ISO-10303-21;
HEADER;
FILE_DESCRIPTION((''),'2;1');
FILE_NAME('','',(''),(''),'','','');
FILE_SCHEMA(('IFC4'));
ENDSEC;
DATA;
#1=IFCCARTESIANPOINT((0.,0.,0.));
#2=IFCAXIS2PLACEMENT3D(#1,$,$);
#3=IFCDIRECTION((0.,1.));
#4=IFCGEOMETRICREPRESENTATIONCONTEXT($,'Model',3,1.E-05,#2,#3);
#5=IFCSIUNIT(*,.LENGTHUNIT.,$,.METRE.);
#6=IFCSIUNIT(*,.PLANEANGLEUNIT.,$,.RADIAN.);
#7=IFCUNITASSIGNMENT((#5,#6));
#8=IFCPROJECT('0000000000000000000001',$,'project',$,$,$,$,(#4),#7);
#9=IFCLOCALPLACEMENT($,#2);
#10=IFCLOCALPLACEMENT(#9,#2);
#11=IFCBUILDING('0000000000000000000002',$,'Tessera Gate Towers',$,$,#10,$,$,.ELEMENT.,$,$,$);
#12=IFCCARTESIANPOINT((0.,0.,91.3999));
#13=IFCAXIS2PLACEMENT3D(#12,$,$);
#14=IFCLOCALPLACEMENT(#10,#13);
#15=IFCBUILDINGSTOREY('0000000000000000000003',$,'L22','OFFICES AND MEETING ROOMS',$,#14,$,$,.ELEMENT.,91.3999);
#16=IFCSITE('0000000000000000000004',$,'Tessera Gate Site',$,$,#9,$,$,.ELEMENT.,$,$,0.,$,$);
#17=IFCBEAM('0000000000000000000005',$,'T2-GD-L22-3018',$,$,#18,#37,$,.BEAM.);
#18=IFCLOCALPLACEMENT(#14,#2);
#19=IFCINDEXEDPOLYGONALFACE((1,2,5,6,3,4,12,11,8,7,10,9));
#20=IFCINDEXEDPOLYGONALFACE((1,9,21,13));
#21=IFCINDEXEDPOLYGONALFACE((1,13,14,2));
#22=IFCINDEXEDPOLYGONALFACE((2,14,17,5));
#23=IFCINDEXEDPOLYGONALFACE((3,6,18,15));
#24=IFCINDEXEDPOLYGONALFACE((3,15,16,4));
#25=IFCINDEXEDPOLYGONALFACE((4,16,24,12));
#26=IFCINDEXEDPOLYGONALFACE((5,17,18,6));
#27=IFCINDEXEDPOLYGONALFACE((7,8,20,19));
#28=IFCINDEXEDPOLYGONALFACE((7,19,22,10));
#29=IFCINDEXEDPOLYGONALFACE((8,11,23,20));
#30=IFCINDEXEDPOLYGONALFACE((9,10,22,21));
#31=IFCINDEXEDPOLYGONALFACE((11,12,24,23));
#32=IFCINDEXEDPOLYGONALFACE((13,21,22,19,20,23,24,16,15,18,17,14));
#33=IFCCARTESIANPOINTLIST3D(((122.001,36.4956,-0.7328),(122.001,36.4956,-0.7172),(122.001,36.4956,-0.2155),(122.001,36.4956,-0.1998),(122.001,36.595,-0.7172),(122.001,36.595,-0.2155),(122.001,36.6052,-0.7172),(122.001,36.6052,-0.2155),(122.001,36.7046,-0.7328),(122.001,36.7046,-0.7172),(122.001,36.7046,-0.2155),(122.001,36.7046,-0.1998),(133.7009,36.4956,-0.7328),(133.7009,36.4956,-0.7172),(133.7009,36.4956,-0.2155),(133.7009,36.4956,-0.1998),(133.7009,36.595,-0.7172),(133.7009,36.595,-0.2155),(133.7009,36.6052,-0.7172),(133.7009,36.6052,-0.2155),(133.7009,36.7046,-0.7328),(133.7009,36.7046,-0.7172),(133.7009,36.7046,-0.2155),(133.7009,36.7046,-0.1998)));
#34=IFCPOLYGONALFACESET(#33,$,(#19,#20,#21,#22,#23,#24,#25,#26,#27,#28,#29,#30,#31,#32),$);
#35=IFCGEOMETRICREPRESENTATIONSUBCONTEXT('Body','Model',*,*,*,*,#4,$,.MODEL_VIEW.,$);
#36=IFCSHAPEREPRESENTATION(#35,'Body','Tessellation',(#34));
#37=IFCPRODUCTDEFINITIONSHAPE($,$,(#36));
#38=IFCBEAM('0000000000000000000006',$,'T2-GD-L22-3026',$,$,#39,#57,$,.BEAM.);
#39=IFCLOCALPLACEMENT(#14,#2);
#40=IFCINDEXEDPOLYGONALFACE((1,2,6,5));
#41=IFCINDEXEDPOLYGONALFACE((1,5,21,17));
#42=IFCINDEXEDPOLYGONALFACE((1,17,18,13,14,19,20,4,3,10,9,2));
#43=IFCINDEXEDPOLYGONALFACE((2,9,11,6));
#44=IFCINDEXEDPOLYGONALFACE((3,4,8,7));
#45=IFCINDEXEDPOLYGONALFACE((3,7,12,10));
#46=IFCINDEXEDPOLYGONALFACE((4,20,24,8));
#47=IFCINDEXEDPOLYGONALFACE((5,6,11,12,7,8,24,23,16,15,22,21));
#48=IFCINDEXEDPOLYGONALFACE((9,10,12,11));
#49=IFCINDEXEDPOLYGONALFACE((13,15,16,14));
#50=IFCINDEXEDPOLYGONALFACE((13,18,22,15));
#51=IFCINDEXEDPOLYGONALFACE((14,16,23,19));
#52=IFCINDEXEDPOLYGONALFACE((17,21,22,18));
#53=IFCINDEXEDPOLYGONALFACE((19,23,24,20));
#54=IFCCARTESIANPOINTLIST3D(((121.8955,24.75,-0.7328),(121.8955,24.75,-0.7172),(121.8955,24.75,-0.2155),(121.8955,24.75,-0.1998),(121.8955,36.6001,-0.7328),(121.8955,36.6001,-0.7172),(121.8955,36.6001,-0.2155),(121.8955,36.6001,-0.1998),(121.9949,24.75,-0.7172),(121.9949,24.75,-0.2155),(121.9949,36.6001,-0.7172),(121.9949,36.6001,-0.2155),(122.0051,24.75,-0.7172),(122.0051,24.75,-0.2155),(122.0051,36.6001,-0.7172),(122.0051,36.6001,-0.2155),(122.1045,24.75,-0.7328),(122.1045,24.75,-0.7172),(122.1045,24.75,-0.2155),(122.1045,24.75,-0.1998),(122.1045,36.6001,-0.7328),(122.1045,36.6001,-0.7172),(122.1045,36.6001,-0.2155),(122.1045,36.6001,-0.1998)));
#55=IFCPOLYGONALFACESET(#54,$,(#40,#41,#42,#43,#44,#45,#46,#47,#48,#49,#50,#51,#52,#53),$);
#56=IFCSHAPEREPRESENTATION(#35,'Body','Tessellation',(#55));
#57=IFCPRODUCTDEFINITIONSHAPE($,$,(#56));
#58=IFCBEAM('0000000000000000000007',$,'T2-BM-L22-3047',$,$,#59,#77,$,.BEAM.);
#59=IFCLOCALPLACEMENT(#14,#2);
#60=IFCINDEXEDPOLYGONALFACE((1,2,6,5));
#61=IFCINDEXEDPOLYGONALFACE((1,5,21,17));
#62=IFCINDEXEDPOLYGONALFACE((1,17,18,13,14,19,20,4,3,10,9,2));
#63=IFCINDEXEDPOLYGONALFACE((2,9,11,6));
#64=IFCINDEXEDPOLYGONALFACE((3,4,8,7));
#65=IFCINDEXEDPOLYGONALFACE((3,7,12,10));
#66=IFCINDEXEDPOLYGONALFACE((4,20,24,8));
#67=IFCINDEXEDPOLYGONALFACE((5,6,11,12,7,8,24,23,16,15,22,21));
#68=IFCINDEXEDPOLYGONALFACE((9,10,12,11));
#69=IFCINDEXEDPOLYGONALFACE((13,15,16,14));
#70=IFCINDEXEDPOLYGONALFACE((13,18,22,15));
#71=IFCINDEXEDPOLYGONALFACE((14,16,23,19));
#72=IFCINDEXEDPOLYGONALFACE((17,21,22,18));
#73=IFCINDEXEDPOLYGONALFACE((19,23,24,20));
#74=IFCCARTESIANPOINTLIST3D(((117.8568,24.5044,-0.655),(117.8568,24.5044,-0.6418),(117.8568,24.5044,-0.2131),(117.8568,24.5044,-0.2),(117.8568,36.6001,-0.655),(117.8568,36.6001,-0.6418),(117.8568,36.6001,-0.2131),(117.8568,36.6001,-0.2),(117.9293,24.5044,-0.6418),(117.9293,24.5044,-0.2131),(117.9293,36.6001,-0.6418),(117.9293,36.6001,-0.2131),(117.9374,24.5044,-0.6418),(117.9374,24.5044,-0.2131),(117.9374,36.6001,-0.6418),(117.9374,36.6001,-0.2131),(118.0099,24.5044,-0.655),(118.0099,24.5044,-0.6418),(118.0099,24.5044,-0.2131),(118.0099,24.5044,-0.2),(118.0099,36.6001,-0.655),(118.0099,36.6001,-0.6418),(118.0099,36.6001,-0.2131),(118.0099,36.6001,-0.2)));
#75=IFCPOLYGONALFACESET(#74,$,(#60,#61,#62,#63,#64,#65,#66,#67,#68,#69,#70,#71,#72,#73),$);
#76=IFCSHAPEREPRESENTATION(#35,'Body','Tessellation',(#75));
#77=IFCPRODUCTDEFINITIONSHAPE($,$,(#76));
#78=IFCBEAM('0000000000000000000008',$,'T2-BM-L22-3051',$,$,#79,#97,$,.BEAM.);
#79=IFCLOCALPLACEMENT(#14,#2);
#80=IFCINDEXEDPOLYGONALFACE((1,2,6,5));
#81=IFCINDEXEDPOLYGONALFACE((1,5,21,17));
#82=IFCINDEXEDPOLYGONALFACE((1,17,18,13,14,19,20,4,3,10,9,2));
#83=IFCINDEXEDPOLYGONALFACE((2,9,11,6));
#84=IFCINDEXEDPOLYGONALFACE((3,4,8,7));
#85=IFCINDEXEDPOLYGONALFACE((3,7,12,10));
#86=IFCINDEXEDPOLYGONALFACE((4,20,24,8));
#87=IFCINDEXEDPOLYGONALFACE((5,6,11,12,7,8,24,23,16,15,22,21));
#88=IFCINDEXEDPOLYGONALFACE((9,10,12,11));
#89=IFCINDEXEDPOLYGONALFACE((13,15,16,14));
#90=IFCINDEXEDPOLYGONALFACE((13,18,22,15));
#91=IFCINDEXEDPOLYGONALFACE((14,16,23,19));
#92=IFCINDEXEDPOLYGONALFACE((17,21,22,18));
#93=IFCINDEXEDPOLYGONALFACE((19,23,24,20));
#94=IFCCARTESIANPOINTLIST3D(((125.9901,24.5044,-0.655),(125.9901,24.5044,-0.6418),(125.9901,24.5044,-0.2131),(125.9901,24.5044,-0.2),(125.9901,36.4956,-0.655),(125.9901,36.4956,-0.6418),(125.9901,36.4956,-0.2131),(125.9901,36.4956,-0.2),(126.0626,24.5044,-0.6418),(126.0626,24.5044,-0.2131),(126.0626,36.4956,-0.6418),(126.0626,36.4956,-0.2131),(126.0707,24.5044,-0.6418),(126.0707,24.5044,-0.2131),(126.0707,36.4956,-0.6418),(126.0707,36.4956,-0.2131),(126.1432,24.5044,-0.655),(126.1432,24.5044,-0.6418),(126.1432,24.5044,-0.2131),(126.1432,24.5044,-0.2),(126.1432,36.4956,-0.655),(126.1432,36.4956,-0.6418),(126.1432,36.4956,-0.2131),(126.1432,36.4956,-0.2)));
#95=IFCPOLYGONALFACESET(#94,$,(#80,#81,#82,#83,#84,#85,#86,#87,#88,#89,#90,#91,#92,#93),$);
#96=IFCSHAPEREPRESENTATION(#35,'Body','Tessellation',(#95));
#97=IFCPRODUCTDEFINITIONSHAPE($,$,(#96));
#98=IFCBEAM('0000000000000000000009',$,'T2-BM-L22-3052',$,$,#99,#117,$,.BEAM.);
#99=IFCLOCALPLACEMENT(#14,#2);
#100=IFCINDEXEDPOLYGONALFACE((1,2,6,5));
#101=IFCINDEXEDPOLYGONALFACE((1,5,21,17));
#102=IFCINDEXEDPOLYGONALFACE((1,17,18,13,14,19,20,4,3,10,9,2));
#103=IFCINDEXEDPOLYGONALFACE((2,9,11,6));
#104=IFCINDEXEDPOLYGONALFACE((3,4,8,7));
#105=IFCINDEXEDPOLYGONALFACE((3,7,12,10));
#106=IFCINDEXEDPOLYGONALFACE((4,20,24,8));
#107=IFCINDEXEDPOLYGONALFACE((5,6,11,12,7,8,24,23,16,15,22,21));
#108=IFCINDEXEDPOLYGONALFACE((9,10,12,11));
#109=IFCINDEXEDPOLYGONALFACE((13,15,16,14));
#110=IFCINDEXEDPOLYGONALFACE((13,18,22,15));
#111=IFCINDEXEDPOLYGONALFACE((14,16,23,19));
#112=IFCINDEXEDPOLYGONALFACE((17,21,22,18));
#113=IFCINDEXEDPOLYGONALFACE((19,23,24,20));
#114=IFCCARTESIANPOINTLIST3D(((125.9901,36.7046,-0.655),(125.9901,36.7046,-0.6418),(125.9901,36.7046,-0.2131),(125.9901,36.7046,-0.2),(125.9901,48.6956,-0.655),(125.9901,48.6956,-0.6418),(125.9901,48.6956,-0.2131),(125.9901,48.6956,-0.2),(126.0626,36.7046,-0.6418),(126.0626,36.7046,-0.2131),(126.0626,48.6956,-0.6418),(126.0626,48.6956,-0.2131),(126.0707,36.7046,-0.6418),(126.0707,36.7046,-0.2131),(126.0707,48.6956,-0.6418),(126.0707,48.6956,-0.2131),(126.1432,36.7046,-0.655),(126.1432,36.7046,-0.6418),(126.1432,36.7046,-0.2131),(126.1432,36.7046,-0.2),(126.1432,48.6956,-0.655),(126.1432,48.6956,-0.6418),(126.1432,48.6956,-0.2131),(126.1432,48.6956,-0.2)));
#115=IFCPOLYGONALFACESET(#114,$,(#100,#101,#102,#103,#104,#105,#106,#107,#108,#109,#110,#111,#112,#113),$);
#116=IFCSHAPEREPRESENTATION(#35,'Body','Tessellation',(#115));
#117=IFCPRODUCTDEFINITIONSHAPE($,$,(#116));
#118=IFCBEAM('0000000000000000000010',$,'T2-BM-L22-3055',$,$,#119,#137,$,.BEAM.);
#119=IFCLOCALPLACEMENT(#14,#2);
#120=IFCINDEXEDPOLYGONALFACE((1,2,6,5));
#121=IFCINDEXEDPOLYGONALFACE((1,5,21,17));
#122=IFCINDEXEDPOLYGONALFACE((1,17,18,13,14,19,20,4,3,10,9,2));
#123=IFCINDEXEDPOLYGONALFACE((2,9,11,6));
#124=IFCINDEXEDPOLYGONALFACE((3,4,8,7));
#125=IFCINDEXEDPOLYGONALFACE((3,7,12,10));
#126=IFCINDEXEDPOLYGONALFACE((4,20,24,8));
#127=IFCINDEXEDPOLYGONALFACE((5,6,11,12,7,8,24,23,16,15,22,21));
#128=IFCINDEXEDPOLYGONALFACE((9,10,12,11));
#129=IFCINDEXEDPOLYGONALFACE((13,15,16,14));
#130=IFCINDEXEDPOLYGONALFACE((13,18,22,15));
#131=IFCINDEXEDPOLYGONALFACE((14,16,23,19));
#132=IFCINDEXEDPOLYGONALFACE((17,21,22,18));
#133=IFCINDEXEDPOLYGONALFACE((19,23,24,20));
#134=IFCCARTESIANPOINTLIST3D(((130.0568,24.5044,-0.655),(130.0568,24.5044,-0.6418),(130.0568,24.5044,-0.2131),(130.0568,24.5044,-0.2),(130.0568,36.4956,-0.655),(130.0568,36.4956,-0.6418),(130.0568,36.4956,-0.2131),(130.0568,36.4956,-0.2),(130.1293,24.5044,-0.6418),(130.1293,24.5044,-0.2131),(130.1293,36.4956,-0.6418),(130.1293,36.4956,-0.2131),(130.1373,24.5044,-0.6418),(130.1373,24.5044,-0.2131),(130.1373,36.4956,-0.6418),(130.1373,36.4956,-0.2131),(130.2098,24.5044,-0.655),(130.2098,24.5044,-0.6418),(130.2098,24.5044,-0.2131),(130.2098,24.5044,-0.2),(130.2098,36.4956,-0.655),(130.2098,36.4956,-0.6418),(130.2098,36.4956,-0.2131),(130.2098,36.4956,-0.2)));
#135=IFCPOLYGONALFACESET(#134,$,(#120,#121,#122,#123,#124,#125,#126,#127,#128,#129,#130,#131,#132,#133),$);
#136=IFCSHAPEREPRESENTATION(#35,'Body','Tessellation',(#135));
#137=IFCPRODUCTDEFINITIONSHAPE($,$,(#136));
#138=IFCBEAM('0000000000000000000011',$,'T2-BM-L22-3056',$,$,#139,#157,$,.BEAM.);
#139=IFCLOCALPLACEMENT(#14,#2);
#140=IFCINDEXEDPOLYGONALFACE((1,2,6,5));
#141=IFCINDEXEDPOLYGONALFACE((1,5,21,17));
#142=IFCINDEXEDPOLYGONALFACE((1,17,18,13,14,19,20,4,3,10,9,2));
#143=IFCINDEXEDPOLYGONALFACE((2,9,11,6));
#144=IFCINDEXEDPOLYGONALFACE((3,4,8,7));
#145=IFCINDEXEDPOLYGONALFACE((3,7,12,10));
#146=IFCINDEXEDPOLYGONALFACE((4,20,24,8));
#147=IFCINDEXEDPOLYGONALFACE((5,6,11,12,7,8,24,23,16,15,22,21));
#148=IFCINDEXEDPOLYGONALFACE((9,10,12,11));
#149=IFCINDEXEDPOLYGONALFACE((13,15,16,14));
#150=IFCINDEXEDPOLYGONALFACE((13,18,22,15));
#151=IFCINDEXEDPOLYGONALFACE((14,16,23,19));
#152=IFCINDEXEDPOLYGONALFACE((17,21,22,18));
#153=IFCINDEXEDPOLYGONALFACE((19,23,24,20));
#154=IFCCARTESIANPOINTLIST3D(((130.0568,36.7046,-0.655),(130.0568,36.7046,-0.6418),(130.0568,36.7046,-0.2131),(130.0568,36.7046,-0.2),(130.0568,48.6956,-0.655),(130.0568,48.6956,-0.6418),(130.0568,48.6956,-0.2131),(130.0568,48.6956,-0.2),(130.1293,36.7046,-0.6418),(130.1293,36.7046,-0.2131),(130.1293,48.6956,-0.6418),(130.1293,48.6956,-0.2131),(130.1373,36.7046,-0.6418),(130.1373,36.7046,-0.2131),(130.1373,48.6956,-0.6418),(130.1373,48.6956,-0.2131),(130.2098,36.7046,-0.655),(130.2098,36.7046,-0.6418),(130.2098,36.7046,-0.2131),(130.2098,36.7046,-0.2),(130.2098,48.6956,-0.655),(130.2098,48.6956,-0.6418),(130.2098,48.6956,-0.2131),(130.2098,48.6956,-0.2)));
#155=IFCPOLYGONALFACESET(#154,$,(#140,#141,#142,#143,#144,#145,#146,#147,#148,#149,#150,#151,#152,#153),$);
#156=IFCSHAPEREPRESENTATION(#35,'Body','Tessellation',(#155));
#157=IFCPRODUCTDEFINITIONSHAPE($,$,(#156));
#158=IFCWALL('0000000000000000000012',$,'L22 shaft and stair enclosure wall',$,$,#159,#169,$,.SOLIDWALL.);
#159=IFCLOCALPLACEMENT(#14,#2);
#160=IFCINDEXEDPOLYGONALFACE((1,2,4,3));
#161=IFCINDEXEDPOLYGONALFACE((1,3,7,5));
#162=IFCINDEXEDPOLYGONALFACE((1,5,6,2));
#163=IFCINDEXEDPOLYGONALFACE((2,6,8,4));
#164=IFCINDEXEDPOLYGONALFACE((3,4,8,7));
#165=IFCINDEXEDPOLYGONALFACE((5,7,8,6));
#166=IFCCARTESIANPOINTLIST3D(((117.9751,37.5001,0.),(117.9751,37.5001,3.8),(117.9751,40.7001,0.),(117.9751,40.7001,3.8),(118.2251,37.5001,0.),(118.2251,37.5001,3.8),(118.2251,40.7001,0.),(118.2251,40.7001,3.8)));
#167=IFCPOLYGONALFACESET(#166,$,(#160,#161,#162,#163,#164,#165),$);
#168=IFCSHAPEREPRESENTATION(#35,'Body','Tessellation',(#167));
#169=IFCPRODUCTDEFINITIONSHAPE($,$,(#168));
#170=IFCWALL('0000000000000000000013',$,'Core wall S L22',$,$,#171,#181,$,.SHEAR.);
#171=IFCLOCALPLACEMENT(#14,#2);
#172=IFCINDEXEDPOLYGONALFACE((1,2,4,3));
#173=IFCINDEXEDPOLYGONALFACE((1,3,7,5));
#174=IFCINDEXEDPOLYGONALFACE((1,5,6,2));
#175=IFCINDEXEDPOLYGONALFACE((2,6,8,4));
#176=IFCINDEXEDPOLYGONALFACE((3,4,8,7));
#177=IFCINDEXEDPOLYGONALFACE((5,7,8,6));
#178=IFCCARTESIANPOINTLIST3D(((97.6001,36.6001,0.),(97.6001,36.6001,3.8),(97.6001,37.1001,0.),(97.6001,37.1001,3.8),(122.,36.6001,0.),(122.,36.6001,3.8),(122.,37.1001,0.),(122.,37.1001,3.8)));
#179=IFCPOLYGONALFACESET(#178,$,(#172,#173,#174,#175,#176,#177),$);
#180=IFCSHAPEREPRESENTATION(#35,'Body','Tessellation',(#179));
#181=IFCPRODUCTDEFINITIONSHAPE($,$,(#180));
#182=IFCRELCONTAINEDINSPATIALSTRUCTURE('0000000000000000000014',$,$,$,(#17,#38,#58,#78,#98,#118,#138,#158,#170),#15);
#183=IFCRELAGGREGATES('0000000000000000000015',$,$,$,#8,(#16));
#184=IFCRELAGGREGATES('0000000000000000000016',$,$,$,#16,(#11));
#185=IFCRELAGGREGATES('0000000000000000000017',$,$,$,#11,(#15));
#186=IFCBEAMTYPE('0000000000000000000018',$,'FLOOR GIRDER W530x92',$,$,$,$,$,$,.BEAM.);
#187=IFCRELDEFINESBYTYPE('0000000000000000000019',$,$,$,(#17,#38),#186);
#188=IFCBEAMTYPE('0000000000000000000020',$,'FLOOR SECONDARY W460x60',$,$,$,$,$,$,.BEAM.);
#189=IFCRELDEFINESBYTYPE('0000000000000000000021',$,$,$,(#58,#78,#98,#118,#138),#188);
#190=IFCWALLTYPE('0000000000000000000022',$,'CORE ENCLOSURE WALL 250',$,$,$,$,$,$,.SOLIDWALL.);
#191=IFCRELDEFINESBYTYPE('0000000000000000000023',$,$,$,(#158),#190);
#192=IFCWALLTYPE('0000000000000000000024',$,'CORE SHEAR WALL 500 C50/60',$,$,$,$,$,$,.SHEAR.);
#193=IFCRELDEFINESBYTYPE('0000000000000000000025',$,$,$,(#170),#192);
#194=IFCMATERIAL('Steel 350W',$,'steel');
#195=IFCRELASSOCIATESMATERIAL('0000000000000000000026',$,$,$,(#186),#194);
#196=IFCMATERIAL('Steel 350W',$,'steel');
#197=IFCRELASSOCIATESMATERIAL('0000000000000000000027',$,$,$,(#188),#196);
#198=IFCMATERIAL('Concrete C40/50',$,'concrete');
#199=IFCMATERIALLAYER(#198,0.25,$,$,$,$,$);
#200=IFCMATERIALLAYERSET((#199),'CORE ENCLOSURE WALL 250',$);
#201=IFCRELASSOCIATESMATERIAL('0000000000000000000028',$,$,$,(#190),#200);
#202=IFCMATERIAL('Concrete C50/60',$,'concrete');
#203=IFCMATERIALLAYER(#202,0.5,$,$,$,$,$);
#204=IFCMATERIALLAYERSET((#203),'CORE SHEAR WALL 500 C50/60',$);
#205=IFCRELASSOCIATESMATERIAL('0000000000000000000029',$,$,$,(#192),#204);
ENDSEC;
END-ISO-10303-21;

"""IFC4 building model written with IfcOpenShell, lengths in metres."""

from ifc_helpers import new_model, si_unit, direction, frame, frame_2d, origin, origin_2d, place, context, subcontext, project, spatial, rectangle, i_section, extrude, material, layer, layer_set, material_profile, profile_set, type_object, element, save


model = new_model("IFC4")

# Units and contexts
model_context = context("Model", 3, precision=1e-05, world=origin(), true_north=direction((0.0, 1.0)))
body_context = subcontext(model_context, "Body", "Model", "MODEL_VIEW")
ifc_project = project(units=[si_unit("LENGTHUNIT", "METRE"), si_unit("PLANEANGLEUNIT", "RADIAN")], contexts=[model_context])

# Site, building, storey
site_placement = place(None, origin())
site = spatial("IfcSite", under=ifc_project, at=site_placement, Name="Tessera Gate Site", CompositionType="ELEMENT", RefElevation=0.0)
building_placement = place(site_placement, origin())
building = spatial("IfcBuilding", under=site, at=building_placement, Name="Tessera Gate Towers", CompositionType="ELEMENT")
storey_placement = place(building_placement, frame((0.0, 0.0, 91.3999)))
storey = spatial("IfcBuildingStorey", under=building, at=storey_placement, Name="L22", Description="OFFICES AND MEETING ROOMS", CompositionType="ELEMENT", Elevation=91.3999)

# Beams
ifc_material_1 = material(Name="Steel 350W", Category="steel")
ifc_material_profile_1 = material_profile(ifc_material_1, i_section(OverallWidth=0.209, OverallDepth=0.533, WebThickness=0.0103, FlangeThickness=0.0156, at=origin_2d()), Name="W530x92")
ifc_profile_set_1 = profile_set([ifc_material_profile_1], Name="Steel 350W")
beam_type_1 = type_object("IfcBeamType", Name="FLOOR GIRDER W530x92", PredefinedType="BEAM", material=ifc_profile_set_1)
beam_1_placement = place(storey_placement, frame((122.001, 36.6001, -0.4663), z_axis=(1.0, 0.0, 0.0), x_axis=(0.0, 1.0, 0.0)))
element("IfcBeam", 1, at=beam_1_placement, inside=storey, type_object=beam_type_1, Name="T2-GD-L22-3018", PredefinedType="BEAM", context=body_context, shape_type="SweptSolid", body=[
    extrude(i_section(OverallWidth=0.209, OverallDepth=0.533, WebThickness=0.0103, FlangeThickness=0.0156, at=origin_2d()), origin(), (0.0, 0.0, 1.0), 11.7),
])
beam_2_placement = place(storey_placement, frame((122.0, 24.75, -0.4663), z_axis=(0.0, 1.0, 0.0), x_axis=(-1.0, 0.0, 0.0)))
element("IfcBeam", 2, at=beam_2_placement, inside=storey, type_object=beam_type_1, Name="T2-GD-L22-3026", PredefinedType="BEAM", context=body_context, shape_type="SweptSolid", body=[
    extrude(i_section(OverallWidth=0.209, OverallDepth=0.533, WebThickness=0.0103, FlangeThickness=0.0156, at=origin_2d()), origin(), (0.0, 0.0, 1.0), 11.8501),
])
ifc_material_2 = material(Name="Steel 350W", Category="steel")
ifc_material_profile_2 = material_profile(ifc_material_2, i_section(OverallWidth=0.1531, OverallDepth=0.4551, WebThickness=0.0081, FlangeThickness=0.0132, at=origin_2d()), Name="W460x60")
ifc_profile_set_2 = profile_set([ifc_material_profile_2], Name="Steel 350W")
beam_type_2 = type_object("IfcBeamType", Name="FLOOR SECONDARY W460x60", PredefinedType="BEAM", material=ifc_profile_set_2)
beam_3_placement = place(storey_placement, frame((117.9333, 24.5044, -0.4275), z_axis=(0.0, 1.0, 0.0), x_axis=(-1.0, 0.0, 0.0)))
element("IfcBeam", 3, at=beam_3_placement, inside=storey, type_object=beam_type_2, Name="T2-BM-L22-3047", PredefinedType="BEAM", context=body_context, shape_type="SweptSolid", body=[
    extrude(i_section(OverallWidth=0.1531, OverallDepth=0.4551, WebThickness=0.0081, FlangeThickness=0.0132, at=origin_2d()), origin(), (0.0, 0.0, 1.0), 12.0957),
])
beam_4_placement = place(storey_placement, frame((126.0667, 24.5044, -0.4275), z_axis=(0.0, 1.0, 0.0), x_axis=(-1.0, 0.0, 0.0)))
element("IfcBeam", 4, at=beam_4_placement, inside=storey, type_object=beam_type_2, Name="T2-BM-L22-3051", PredefinedType="BEAM", context=body_context, shape_type="SweptSolid", body=[
    extrude(i_section(OverallWidth=0.1531, OverallDepth=0.4551, WebThickness=0.0081, FlangeThickness=0.0132, at=origin_2d()), origin(), (0.0, 0.0, 1.0), 11.9912),
])
beam_5_placement = place(storey_placement, frame((126.0667, 36.7046, -0.4275), z_axis=(0.0, 1.0, 0.0), x_axis=(-1.0, 0.0, 0.0)))
element("IfcBeam", 5, at=beam_5_placement, inside=storey, type_object=beam_type_2, Name="T2-BM-L22-3052", PredefinedType="BEAM", context=body_context, shape_type="SweptSolid", body=[
    extrude(i_section(OverallWidth=0.1531, OverallDepth=0.4551, WebThickness=0.0081, FlangeThickness=0.0132, at=origin_2d()), origin(), (0.0, 0.0, 1.0), 11.991),
])
beam_6_placement = place(storey_placement, frame((130.1333, 24.5044, -0.4275), z_axis=(0.0, 1.0, 0.0), x_axis=(-1.0, 0.0, 0.0)))
element("IfcBeam", 6, at=beam_6_placement, inside=storey, type_object=beam_type_2, Name="T2-BM-L22-3055", PredefinedType="BEAM", context=body_context, shape_type="SweptSolid", body=[
    extrude(i_section(OverallWidth=0.1531, OverallDepth=0.4551, WebThickness=0.0081, FlangeThickness=0.0132, at=origin_2d()), origin(), (0.0, 0.0, 1.0), 11.9912),
])
beam_7_placement = place(storey_placement, frame((130.1333, 36.7046, -0.4275), z_axis=(0.0, 1.0, 0.0), x_axis=(-1.0, 0.0, 0.0)))
element("IfcBeam", 7, at=beam_7_placement, inside=storey, type_object=beam_type_2, Name="T2-BM-L22-3056", PredefinedType="BEAM", context=body_context, shape_type="SweptSolid", body=[
    extrude(i_section(OverallWidth=0.1531, OverallDepth=0.4551, WebThickness=0.0081, FlangeThickness=0.0132, at=origin_2d()), origin(), (0.0, 0.0, 1.0), 11.991),
])

# Walls
ifc_material_3 = material(Name="Concrete C40/50", Category="concrete")
ifc_layer_1 = layer(ifc_material_3, 0.25)
ifc_layer_set_1 = layer_set([ifc_layer_1], Name="CORE ENCLOSURE WALL 250")
wall_type_1 = type_object("IfcWallType", Name="CORE ENCLOSURE WALL 250", PredefinedType="SOLIDWALL", material=ifc_layer_set_1)
wall_1_placement = place(storey_placement, frame((118.1001, 37.5, 0.0), z_axis=(0.0, 0.0, 1.0), x_axis=(0.0, 1.0, 0.0)))
element("IfcWall", 8, at=wall_1_placement, inside=storey, type_object=wall_type_1, Name="L22 shaft and stair enclosure wall", PredefinedType="SOLIDWALL", context=body_context, shape_type="SweptSolid", body=[
    extrude(rectangle(XDim=3.2, YDim=0.25, at=frame_2d((1.6001, 0.0))), origin(), (0.0, 0.0, 1.0), 3.8),
])
ifc_material_4 = material(Name="Concrete C50/60", Category="concrete")
ifc_layer_2 = layer(ifc_material_4, 0.5)
ifc_layer_set_2 = layer_set([ifc_layer_2], Name="CORE SHEAR WALL 500 C50/60")
wall_type_2 = type_object("IfcWallType", Name="CORE SHEAR WALL 500 C50/60", PredefinedType="SHEAR", material=ifc_layer_set_2)
wall_2_placement = place(storey_placement, frame((122.0, 36.8501, 0.0), z_axis=(0.0, 0.0, 1.0), x_axis=(-1.0, 0.0, 0.0)))
element("IfcWall", 9, at=wall_2_placement, inside=storey, type_object=wall_type_2, Name="Core wall S L22", PredefinedType="SHEAR", context=body_context, shape_type="SweptSolid", body=[
    extrude(rectangle(XDim=24.3999, YDim=0.5, at=frame_2d((12.2, 0.0))), origin(), (0.0, 0.0, 1.0), 3.8),
])

save(model, "model.ifc")
